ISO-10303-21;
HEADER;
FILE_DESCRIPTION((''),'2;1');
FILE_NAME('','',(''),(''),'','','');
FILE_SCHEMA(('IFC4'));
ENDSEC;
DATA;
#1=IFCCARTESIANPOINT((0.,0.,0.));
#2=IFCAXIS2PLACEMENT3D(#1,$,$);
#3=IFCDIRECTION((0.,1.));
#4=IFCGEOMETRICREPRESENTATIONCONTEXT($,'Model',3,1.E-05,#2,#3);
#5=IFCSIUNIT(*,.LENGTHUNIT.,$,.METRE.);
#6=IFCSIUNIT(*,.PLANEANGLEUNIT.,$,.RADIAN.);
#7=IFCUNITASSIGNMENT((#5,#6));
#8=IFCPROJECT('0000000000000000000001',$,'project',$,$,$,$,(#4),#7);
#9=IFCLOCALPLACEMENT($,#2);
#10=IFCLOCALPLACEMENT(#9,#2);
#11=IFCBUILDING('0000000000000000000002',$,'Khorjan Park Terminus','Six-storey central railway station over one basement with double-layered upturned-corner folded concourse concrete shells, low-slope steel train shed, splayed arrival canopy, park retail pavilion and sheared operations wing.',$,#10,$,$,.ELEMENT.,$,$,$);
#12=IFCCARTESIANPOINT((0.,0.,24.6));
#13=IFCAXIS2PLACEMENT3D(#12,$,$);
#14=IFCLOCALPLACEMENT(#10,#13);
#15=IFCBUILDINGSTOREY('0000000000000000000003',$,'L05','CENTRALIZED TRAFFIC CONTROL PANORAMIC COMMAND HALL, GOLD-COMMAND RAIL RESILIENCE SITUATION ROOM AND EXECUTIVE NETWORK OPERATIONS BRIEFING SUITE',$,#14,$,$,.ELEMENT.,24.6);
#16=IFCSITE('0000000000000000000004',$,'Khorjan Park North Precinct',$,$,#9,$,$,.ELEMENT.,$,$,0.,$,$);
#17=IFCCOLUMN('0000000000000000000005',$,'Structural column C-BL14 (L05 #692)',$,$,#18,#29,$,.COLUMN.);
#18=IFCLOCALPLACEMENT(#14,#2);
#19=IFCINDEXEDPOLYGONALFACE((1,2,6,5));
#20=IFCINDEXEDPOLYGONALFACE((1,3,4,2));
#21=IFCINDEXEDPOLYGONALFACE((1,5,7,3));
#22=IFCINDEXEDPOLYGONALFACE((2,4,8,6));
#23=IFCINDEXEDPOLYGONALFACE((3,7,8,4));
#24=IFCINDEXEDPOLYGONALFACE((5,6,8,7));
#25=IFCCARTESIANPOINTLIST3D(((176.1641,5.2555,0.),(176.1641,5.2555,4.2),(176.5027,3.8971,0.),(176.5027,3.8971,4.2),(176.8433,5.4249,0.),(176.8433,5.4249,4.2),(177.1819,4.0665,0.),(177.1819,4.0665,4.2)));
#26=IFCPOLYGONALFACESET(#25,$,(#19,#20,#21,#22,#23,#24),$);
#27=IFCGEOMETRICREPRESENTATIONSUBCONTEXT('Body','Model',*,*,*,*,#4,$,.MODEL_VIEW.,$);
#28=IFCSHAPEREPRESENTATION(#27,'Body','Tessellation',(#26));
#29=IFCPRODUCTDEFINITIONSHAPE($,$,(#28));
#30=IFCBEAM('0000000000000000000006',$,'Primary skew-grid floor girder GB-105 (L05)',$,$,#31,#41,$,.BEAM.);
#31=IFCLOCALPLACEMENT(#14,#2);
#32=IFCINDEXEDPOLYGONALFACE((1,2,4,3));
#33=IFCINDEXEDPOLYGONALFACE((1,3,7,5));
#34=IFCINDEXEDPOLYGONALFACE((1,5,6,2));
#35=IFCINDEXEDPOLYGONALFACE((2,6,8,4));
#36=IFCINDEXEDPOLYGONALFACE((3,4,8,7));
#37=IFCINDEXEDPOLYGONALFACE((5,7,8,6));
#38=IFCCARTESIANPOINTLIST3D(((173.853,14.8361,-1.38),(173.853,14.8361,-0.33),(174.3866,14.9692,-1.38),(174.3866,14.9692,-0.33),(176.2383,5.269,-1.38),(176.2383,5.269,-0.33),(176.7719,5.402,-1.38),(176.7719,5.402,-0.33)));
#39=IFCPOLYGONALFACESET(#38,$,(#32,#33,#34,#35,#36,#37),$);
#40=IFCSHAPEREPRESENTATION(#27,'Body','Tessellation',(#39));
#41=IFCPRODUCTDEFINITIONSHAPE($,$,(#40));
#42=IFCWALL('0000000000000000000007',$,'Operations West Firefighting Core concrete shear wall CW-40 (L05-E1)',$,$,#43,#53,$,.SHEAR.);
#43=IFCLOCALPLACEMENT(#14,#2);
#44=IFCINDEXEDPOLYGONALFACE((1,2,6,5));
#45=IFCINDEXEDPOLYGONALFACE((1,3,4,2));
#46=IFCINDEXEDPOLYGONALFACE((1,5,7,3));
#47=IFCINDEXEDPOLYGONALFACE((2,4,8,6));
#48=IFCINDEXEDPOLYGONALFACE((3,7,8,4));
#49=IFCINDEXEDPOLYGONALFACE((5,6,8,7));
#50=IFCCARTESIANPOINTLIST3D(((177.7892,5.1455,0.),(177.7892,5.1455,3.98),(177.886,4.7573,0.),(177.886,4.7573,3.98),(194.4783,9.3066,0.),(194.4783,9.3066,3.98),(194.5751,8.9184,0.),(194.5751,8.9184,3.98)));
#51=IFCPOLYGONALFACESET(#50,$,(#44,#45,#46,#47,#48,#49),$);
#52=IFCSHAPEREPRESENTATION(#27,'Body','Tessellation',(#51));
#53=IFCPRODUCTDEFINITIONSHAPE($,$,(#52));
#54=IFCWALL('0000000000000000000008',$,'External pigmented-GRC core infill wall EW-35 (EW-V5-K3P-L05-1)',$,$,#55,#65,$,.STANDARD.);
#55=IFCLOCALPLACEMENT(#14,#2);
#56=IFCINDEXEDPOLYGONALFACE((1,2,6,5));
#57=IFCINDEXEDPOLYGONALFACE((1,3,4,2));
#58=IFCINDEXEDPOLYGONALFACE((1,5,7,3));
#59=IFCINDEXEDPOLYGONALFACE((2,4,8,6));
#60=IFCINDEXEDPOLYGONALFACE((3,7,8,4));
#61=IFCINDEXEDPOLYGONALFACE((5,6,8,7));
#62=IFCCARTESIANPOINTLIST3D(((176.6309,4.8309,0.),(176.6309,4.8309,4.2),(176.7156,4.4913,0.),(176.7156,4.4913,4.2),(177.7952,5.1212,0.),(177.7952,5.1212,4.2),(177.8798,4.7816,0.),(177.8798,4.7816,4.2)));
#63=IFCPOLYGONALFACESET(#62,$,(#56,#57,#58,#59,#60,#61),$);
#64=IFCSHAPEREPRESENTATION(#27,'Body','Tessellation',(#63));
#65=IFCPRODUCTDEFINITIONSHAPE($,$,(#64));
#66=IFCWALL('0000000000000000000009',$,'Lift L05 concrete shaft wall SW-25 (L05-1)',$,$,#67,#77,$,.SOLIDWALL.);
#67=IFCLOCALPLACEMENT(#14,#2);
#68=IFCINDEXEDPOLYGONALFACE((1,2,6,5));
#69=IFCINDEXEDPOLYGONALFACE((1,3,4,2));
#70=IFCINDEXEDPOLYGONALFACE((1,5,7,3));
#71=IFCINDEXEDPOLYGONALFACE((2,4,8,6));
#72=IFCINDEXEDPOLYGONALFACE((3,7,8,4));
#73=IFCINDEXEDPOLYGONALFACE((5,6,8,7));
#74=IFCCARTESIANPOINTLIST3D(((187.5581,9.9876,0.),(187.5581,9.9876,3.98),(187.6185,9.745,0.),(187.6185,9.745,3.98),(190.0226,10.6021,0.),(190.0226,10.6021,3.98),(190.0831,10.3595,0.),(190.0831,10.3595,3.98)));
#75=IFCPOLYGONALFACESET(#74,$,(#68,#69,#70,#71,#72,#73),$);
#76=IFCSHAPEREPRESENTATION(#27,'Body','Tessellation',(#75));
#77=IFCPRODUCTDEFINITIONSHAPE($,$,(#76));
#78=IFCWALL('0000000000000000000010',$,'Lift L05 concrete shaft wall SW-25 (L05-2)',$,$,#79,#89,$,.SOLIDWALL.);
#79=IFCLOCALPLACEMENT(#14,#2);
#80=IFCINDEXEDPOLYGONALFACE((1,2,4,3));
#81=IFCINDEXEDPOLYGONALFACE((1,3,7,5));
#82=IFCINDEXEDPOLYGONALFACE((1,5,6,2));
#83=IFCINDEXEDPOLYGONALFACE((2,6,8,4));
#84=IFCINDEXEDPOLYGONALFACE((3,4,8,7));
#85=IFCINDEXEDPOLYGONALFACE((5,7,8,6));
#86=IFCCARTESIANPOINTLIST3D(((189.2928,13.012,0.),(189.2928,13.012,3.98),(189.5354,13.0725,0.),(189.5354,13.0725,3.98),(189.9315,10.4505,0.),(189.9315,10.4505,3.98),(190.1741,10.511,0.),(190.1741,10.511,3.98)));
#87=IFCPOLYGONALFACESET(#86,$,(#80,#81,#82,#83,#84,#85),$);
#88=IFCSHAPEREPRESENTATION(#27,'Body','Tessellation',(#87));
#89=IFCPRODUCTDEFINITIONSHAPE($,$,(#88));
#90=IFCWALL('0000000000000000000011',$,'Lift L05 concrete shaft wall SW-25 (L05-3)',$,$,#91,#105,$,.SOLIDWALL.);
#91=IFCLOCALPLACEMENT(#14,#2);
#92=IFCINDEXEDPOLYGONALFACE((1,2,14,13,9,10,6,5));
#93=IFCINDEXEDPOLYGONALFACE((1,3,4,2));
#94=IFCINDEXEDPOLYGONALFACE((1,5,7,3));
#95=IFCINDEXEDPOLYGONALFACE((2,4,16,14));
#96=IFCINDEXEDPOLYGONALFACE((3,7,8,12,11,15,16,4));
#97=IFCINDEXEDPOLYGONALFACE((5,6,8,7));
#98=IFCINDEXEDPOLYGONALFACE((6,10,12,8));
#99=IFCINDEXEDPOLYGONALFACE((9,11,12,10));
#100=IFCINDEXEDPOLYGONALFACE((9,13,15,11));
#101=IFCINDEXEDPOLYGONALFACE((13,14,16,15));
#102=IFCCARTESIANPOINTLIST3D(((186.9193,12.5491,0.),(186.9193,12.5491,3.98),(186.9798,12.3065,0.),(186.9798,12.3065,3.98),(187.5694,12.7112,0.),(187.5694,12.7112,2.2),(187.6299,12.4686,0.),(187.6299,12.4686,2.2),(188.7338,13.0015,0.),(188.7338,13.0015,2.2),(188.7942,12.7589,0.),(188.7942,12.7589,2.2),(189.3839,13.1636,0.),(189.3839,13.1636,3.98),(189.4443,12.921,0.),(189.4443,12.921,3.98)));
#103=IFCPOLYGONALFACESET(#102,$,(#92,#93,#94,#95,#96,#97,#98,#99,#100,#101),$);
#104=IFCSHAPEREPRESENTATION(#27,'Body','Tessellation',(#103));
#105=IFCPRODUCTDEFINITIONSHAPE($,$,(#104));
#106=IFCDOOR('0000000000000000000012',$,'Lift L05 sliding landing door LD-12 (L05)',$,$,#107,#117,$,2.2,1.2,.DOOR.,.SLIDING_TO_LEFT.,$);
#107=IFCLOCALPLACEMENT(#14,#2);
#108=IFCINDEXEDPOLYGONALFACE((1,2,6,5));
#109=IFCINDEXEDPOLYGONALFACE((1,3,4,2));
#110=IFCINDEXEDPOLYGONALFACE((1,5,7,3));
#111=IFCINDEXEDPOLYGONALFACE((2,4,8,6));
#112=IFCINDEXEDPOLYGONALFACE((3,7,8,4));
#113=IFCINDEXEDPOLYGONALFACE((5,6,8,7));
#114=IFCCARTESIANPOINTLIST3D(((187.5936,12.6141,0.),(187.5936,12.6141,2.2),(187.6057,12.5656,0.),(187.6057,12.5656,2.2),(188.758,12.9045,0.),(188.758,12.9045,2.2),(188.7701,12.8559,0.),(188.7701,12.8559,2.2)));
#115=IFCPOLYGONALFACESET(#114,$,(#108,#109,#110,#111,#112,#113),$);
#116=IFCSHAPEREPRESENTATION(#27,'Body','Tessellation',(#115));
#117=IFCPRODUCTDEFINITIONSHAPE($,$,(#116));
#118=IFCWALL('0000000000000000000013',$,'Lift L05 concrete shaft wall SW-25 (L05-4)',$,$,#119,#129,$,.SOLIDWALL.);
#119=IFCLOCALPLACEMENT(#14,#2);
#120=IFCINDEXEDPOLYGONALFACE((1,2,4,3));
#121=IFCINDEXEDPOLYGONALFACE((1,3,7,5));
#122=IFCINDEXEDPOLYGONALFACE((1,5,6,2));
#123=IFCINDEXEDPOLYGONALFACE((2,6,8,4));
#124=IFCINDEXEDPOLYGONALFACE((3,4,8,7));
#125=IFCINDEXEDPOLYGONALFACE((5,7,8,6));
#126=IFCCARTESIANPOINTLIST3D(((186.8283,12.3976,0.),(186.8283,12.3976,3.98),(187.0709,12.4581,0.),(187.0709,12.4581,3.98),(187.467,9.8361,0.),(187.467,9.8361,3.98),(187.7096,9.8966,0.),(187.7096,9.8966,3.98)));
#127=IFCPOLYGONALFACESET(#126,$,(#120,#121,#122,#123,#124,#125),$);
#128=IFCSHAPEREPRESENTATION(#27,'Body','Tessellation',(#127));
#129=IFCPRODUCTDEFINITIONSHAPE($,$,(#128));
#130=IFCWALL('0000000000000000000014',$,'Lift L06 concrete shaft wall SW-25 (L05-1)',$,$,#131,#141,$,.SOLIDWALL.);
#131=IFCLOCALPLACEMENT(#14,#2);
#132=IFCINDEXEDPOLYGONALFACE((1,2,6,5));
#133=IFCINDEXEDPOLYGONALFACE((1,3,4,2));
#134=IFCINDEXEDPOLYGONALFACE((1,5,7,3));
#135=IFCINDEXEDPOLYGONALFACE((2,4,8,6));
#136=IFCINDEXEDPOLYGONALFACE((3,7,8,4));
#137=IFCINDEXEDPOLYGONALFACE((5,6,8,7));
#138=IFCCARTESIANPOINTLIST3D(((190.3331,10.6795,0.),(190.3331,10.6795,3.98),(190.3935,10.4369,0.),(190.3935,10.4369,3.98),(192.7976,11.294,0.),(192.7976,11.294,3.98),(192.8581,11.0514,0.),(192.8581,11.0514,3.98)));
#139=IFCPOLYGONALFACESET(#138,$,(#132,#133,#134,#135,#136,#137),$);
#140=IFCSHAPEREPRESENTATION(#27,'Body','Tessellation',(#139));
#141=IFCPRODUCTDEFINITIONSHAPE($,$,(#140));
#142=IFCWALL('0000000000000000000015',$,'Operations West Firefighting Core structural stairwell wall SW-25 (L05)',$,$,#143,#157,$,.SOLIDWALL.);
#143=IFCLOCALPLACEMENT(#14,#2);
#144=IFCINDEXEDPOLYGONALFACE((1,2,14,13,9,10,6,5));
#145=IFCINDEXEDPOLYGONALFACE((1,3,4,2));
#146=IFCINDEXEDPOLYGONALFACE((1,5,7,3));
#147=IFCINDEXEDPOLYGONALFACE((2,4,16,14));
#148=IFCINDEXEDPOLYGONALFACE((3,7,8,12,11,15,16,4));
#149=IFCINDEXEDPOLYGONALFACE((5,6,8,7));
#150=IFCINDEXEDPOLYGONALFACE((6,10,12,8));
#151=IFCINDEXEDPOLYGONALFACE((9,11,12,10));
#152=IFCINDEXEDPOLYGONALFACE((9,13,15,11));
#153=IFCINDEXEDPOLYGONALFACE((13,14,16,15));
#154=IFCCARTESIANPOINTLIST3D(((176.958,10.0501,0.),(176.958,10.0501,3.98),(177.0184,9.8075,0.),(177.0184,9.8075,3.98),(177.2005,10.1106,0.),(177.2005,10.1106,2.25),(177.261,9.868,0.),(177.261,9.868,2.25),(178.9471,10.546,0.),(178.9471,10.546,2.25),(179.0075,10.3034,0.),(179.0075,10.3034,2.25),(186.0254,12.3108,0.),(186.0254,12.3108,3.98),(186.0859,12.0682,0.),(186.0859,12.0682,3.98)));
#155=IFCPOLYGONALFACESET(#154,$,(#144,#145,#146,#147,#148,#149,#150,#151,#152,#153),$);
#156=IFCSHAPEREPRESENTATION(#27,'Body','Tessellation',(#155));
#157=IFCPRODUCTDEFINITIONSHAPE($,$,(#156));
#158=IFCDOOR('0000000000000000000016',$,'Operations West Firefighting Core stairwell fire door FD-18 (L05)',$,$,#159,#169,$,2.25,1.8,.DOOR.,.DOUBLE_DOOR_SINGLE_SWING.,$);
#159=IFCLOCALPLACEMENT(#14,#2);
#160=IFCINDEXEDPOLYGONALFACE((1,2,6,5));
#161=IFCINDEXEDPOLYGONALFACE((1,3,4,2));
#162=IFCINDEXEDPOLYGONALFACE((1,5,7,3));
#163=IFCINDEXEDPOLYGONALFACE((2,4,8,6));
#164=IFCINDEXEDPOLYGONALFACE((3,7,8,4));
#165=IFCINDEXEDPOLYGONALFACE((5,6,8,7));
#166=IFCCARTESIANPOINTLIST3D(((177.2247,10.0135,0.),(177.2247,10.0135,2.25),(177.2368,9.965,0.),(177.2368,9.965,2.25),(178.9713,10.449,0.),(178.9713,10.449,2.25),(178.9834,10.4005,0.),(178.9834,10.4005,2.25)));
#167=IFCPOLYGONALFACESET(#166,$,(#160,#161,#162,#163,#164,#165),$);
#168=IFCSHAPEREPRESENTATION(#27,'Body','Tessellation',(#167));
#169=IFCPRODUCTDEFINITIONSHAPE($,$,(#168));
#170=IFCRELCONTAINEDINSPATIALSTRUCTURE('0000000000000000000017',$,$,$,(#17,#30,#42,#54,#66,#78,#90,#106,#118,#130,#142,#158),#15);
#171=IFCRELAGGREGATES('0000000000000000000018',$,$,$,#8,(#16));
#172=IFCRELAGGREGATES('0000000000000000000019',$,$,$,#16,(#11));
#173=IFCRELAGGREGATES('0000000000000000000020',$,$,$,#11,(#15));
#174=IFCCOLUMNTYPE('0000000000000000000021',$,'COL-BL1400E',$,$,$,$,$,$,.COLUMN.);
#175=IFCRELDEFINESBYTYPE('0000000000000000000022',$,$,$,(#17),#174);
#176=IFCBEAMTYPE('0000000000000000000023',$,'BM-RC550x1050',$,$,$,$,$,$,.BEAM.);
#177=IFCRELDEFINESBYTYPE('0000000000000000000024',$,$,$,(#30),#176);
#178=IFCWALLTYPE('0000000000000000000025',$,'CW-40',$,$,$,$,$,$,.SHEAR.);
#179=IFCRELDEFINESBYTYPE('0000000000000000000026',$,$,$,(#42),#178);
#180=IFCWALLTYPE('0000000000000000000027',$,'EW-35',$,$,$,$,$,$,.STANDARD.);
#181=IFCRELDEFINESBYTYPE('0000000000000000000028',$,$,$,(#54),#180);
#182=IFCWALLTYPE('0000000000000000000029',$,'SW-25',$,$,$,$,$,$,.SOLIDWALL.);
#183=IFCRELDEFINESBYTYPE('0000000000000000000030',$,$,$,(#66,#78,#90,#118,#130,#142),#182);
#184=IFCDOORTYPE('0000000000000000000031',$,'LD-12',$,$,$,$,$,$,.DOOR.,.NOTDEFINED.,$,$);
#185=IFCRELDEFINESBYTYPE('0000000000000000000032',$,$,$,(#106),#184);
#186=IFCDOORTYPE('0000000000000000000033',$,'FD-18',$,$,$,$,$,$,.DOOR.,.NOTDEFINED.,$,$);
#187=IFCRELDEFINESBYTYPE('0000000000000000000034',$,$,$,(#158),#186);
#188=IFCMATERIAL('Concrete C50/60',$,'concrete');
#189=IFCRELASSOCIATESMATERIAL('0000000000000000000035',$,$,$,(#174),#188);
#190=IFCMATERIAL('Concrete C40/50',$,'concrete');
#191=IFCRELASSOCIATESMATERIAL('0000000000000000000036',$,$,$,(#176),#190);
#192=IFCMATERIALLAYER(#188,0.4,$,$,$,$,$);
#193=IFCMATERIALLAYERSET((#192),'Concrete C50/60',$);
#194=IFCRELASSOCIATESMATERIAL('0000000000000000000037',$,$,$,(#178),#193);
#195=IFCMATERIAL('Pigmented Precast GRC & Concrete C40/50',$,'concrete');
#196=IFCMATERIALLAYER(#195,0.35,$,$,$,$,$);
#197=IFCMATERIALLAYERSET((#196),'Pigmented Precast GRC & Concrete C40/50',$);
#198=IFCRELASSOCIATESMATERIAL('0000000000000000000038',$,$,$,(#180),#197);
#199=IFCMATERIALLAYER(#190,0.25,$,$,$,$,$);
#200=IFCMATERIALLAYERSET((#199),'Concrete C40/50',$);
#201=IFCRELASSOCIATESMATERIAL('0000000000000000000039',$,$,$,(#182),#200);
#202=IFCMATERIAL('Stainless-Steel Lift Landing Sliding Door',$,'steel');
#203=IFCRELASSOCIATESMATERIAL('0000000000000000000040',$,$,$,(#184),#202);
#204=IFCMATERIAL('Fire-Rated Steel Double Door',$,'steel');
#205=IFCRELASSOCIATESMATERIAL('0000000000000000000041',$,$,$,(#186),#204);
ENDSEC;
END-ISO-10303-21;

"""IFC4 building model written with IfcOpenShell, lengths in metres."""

from ifc_helpers import new_model, si_unit, direction, frame, frame_2d, origin, origin_2d, place, context, subcontext, project, spatial, rectangle, extrude, material, layer, layer_set, material_profile, profile_set, type_object, element, fill, save


model = new_model("IFC4")

# Units and contexts
model_context = context("Model", 3, precision=1e-05, world=origin(), true_north=direction((0.0, 1.0)))
body_context = subcontext(model_context, "Body", "Model", "MODEL_VIEW")
ifc_project = project(units=[si_unit("LENGTHUNIT", "METRE"), si_unit("PLANEANGLEUNIT", "RADIAN")], contexts=[model_context])

# Site, building, storey
site_placement = place(None, origin())
site = spatial("IfcSite", under=ifc_project, at=site_placement, Name="Khorjan Park North Precinct", CompositionType="ELEMENT", RefElevation=0.0)
building_placement = place(site_placement, origin())
building = spatial("IfcBuilding", under=site, at=building_placement, Name="Khorjan Park Terminus", Description="Six-storey central railway station over one basement with double-layered upturned-corner folded concourse concrete shells, low-slope steel train shed, splayed arrival canopy, park retail pavilion and sheared operations wing.", CompositionType="ELEMENT")
storey_placement = place(building_placement, frame((0.0, 0.0, 24.6)))
storey = spatial("IfcBuildingStorey", under=building, at=storey_placement, Name="L05", Description="CENTRALIZED TRAFFIC CONTROL PANORAMIC COMMAND HALL, GOLD-COMMAND RAIL RESILIENCE SITUATION ROOM AND EXECUTIVE NETWORK OPERATIONS BRIEFING SUITE", CompositionType="ELEMENT", Elevation=24.6)

# Column
ifc_material_1 = material(Name="Concrete C50/60", Category="concrete")
ifc_material_profile_1 = material_profile(ifc_material_1, rectangle(XDim=0.7, YDim=1.4, at=origin_2d()), Name="RC 700x1400")
ifc_profile_set_1 = profile_set([ifc_material_profile_1], Name="Concrete C50/60")
column_type = type_object("IfcColumnType", Name="COL-BL1400E", PredefinedType="COLUMN", material=ifc_profile_set_1)
column_placement = place(storey_placement, frame((176.673, 4.661, 0.0), z_axis=(0.0, 0.0, 1.0), x_axis=(0.970296, 0.241922, 0.0)))
element("IfcColumn", 1, at=column_placement, inside=storey, type_object=column_type, Name="Structural column C-BL14 (L05 #692)", PredefinedType="COLUMN", context=body_context, shape_type="SweptSolid", body=[
    extrude(rectangle(XDim=0.7, YDim=1.4, at=origin_2d()), origin(), (0.0, 0.0, 1.0), 4.2),
])

# Beam
ifc_material_2 = material(Name="Concrete C40/50", Category="concrete")
ifc_material_profile_2 = material_profile(ifc_material_2, rectangle(XDim=0.55, YDim=1.05, at=origin_2d()), Name="RC 550x1050")
ifc_profile_set_2 = profile_set([ifc_material_profile_2], Name="Concrete C40/50")
beam_type = type_object("IfcBeamType", Name="BM-RC550x1050", PredefinedType="BEAM", material=ifc_profile_set_2)
beam_placement = place(storey_placement, frame((176.5051, 5.3355, -0.855), z_axis=(-0.241918, 0.970297, 0.0), x_axis=(-0.970297, -0.241918, 0.0)))
element("IfcBeam", 2, at=beam_placement, inside=storey, type_object=beam_type, Name="Primary skew-grid floor girder GB-105 (L05)", PredefinedType="BEAM", context=body_context, shape_type="SweptSolid", body=[
    extrude(rectangle(XDim=0.55, YDim=1.05, at=origin_2d()), origin(), (0.0, 0.0, 1.0), 9.86),
])

# Walls
ifc_layer_1 = layer(ifc_material_1, 0.4)
ifc_layer_set_1 = layer_set([ifc_layer_1], Name="Concrete C50/60")
wall_type_1 = type_object("IfcWallType", Name="CW-40", PredefinedType="SHEAR", material=ifc_layer_set_1)
wall_1_placement = place(storey_placement, frame((177.8376, 4.9514, 0.0), z_axis=(0.0, 0.0, 1.0), x_axis=(0.970295, 0.241924, 0.0)))
element("IfcWall", 3, at=wall_1_placement, inside=storey, type_object=wall_type_1, Name="Operations West Firefighting Core concrete shear wall CW-40 (L05-E1)", PredefinedType="SHEAR", context=body_context, shape_type="SweptSolid", body=[
    extrude(rectangle(XDim=17.2, YDim=0.4, at=frame_2d((8.6, 0.0))), origin(), (0.0, 0.0, 1.0), 3.98),
])
ifc_material_3 = material(Name="Pigmented Precast GRC & Concrete C40/50", Category="concrete")
ifc_layer_2 = layer(ifc_material_3, 0.35)
ifc_layer_set_2 = layer_set([ifc_layer_2], Name="Pigmented Precast GRC & Concrete C40/50")
wall_type_2 = type_object("IfcWallType", Name="EW-35", PredefinedType="STANDARD", material=ifc_layer_set_2)
wall_2_placement = place(storey_placement, frame((176.6733, 4.6611, 0.0), z_axis=(0.0, 0.0, 1.0), x_axis=(0.970294, 0.241928, 0.0)))
element("IfcWall", 4, at=wall_2_placement, inside=storey, type_object=wall_type_2, Name="External pigmented-GRC core infill wall EW-35 (EW-V5-K3P-L05-1)", PredefinedType="STANDARD", context=body_context, shape_type="SweptSolid", body=[
    extrude(rectangle(XDim=1.1999, YDim=0.35, at=frame_2d((0.5999, 0.0))), origin(), (0.0, 0.0, 1.0), 4.2),
])
ifc_layer_3 = layer(ifc_material_2, 0.25)
ifc_layer_set_3 = layer_set([ifc_layer_3], Name="Concrete C40/50")
wall_type_3 = type_object("IfcWallType", Name="SW-25", PredefinedType="SOLIDWALL", material=ifc_layer_set_3)
wall_3_placement = place(storey_placement, frame((187.5883, 9.8663, 0.0), z_axis=(0.0, 0.0, 1.0), x_axis=(0.970293, 0.241933, 0.0)))
element("IfcWall", 5, at=wall_3_placement, inside=storey, type_object=wall_type_3, Name="Lift L05 concrete shaft wall SW-25 (L05-1)", PredefinedType="SOLIDWALL", context=body_context, shape_type="SweptSolid", body=[
    extrude(rectangle(XDim=2.54, YDim=0.25, at=frame_2d((1.27, 0.0))), origin(), (0.0, 0.0, 1.0), 3.98),
])
wall_4_placement = place(storey_placement, frame((190.0528, 10.4808, 0.0), z_axis=(0.0, 0.0, 1.0), x_axis=(-0.241938, 0.970292, 0.0)))
element("IfcWall", 6, at=wall_4_placement, inside=storey, type_object=wall_type_3, Name="Lift L05 concrete shaft wall SW-25 (L05-2)", PredefinedType="SOLIDWALL", context=body_context, shape_type="SweptSolid", body=[
    extrude(rectangle(XDim=2.6399, YDim=0.25, at=frame_2d((1.3199, 0.0))), origin(), (0.0, 0.0, 1.0), 3.98),
])

# Wall, opening, door
wall_5_placement = place(storey_placement, frame((189.4141, 13.0423, 0.0), z_axis=(0.0, 0.0, 1.0), x_axis=(-0.970293, -0.241933, 0.0)))
wall_5 = element("IfcWall", 7, at=wall_5_placement, inside=storey, type_object=wall_type_3, Name="Lift L05 concrete shaft wall SW-25 (L05-3)", PredefinedType="SOLIDWALL", context=body_context, shape_type="SweptSolid", body=[
    extrude(rectangle(XDim=2.54, YDim=0.25, at=frame_2d((1.27, 0.0))), origin(), (0.0, 0.0, 1.0), 3.98),
])
opening_1_placement = place(wall_5_placement, frame((0.67, 0.0, 0.0)))
opening_1 = element("IfcOpeningElement", 8, at=opening_1_placement, cuts=wall_5, PredefinedType="OPENING", context=body_context, shape_type="SweptSolid", body=[
    extrude(rectangle(XDim=1.2, YDim=2.2, at=frame_2d((0.6, 1.1))), frame((0.0, 0.135, 0.0), z_axis=(0.0, -1.0, 0.0), x_axis=(1.0, 0.0, 0.0)), (0.0, 0.0, 1.0), 0.27),
])
ifc_material_4 = material(Name="Stainless-Steel Lift Landing Sliding Door", Category="steel")
door_type_1 = type_object("IfcDoorType", Name="LD-12", OperationType="NOTDEFINED", PredefinedType="DOOR", material=ifc_material_4)
door_1_placement = place(opening_1_placement, origin())
door_1 = element("IfcDoor", 9, at=door_1_placement, inside=storey, type_object=door_type_1, Name="Lift L05 sliding landing door LD-12 (L05)", OperationType="SLIDING_TO_LEFT", OverallHeight=2.2, OverallWidth=1.2, PredefinedType="DOOR", context=body_context, shape_type="SweptSolid", body=[
    extrude(rectangle(XDim=1.2, YDim=2.2, at=frame_2d((0.6, 1.1))), frame((0.0, 0.025, 0.0), z_axis=(0.0, -1.0, 0.0), x_axis=(1.0, 0.0, 0.0)), (0.0, 0.0, 1.0), 0.05),
])
fill(opening_1, door_1)

# Walls
wall_6_placement = place(storey_placement, frame((186.9496, 12.4278, 0.0), z_axis=(0.0, 0.0, 1.0), x_axis=(0.241938, -0.970292, 0.0)))
element("IfcWall", 10, at=wall_6_placement, inside=storey, type_object=wall_type_3, Name="Lift L05 concrete shaft wall SW-25 (L05-4)", PredefinedType="SOLIDWALL", context=body_context, shape_type="SweptSolid", body=[
    extrude(rectangle(XDim=2.6399, YDim=0.25, at=frame_2d((1.3199, 0.0))), origin(), (0.0, 0.0, 1.0), 3.98),
])
wall_7_placement = place(storey_placement, frame((190.3633, 10.5582, 0.0), z_axis=(0.0, 0.0, 1.0), x_axis=(0.970293, 0.241933, 0.0)))
element("IfcWall", 11, at=wall_7_placement, inside=storey, type_object=wall_type_3, Name="Lift L06 concrete shaft wall SW-25 (L05-1)", PredefinedType="SOLIDWALL", context=body_context, shape_type="SweptSolid", body=[
    extrude(rectangle(XDim=2.54, YDim=0.25, at=frame_2d((1.27, 0.0))), origin(), (0.0, 0.0, 1.0), 3.98),
])

# Wall, opening, door
wall_8_placement = place(storey_placement, frame((176.9882, 9.9288, 0.0), z_axis=(0.0, 0.0, 1.0), x_axis=(0.970297, 0.241916, 0.0)))
wall_8 = element("IfcWall", 12, at=wall_8_placement, inside=storey, type_object=wall_type_3, Name="Operations West Firefighting Core structural stairwell wall SW-25 (L05)", PredefinedType="SOLIDWALL", context=body_context, shape_type="SweptSolid", body=[
    extrude(rectangle(XDim=9.345, YDim=0.25, at=frame_2d((4.6725, 0.0))), origin(), (0.0, 0.0, 1.0), 3.98),
])
opening_2_placement = place(wall_8_placement, frame((0.25, 0.0, 0.0)))
opening_2 = element("IfcOpeningElement", 13, at=opening_2_placement, cuts=wall_8, PredefinedType="OPENING", context=body_context, shape_type="SweptSolid", body=[
    extrude(rectangle(XDim=1.8, YDim=2.25, at=frame_2d((0.9, 1.125))), frame((0.0, 0.135, 0.0), z_axis=(0.0, -1.0, 0.0), x_axis=(1.0, 0.0, 0.0)), (0.0, 0.0, 1.0), 0.27),
])
ifc_material_5 = material(Name="Fire-Rated Steel Double Door", Category="steel")
door_type_2 = type_object("IfcDoorType", Name="FD-18", OperationType="NOTDEFINED", PredefinedType="DOOR", material=ifc_material_5)
door_2_placement = place(opening_2_placement, origin())
door_2 = element("IfcDoor", 14, at=door_2_placement, inside=storey, type_object=door_type_2, Name="Operations West Firefighting Core stairwell fire door FD-18 (L05)", OperationType="DOUBLE_DOOR_SINGLE_SWING", OverallHeight=2.25, OverallWidth=1.8, PredefinedType="DOOR", context=body_context, shape_type="SweptSolid", body=[
    extrude(rectangle(XDim=1.8, YDim=2.25, at=frame_2d((0.9, 1.125))), frame((0.0, 0.025, 0.0), z_axis=(0.0, -1.0, 0.0), x_axis=(1.0, 0.0, 0.0)), (0.0, 0.0, 1.0), 0.05),
])
fill(opening_2, door_2)

save(model, "model.ifc")
